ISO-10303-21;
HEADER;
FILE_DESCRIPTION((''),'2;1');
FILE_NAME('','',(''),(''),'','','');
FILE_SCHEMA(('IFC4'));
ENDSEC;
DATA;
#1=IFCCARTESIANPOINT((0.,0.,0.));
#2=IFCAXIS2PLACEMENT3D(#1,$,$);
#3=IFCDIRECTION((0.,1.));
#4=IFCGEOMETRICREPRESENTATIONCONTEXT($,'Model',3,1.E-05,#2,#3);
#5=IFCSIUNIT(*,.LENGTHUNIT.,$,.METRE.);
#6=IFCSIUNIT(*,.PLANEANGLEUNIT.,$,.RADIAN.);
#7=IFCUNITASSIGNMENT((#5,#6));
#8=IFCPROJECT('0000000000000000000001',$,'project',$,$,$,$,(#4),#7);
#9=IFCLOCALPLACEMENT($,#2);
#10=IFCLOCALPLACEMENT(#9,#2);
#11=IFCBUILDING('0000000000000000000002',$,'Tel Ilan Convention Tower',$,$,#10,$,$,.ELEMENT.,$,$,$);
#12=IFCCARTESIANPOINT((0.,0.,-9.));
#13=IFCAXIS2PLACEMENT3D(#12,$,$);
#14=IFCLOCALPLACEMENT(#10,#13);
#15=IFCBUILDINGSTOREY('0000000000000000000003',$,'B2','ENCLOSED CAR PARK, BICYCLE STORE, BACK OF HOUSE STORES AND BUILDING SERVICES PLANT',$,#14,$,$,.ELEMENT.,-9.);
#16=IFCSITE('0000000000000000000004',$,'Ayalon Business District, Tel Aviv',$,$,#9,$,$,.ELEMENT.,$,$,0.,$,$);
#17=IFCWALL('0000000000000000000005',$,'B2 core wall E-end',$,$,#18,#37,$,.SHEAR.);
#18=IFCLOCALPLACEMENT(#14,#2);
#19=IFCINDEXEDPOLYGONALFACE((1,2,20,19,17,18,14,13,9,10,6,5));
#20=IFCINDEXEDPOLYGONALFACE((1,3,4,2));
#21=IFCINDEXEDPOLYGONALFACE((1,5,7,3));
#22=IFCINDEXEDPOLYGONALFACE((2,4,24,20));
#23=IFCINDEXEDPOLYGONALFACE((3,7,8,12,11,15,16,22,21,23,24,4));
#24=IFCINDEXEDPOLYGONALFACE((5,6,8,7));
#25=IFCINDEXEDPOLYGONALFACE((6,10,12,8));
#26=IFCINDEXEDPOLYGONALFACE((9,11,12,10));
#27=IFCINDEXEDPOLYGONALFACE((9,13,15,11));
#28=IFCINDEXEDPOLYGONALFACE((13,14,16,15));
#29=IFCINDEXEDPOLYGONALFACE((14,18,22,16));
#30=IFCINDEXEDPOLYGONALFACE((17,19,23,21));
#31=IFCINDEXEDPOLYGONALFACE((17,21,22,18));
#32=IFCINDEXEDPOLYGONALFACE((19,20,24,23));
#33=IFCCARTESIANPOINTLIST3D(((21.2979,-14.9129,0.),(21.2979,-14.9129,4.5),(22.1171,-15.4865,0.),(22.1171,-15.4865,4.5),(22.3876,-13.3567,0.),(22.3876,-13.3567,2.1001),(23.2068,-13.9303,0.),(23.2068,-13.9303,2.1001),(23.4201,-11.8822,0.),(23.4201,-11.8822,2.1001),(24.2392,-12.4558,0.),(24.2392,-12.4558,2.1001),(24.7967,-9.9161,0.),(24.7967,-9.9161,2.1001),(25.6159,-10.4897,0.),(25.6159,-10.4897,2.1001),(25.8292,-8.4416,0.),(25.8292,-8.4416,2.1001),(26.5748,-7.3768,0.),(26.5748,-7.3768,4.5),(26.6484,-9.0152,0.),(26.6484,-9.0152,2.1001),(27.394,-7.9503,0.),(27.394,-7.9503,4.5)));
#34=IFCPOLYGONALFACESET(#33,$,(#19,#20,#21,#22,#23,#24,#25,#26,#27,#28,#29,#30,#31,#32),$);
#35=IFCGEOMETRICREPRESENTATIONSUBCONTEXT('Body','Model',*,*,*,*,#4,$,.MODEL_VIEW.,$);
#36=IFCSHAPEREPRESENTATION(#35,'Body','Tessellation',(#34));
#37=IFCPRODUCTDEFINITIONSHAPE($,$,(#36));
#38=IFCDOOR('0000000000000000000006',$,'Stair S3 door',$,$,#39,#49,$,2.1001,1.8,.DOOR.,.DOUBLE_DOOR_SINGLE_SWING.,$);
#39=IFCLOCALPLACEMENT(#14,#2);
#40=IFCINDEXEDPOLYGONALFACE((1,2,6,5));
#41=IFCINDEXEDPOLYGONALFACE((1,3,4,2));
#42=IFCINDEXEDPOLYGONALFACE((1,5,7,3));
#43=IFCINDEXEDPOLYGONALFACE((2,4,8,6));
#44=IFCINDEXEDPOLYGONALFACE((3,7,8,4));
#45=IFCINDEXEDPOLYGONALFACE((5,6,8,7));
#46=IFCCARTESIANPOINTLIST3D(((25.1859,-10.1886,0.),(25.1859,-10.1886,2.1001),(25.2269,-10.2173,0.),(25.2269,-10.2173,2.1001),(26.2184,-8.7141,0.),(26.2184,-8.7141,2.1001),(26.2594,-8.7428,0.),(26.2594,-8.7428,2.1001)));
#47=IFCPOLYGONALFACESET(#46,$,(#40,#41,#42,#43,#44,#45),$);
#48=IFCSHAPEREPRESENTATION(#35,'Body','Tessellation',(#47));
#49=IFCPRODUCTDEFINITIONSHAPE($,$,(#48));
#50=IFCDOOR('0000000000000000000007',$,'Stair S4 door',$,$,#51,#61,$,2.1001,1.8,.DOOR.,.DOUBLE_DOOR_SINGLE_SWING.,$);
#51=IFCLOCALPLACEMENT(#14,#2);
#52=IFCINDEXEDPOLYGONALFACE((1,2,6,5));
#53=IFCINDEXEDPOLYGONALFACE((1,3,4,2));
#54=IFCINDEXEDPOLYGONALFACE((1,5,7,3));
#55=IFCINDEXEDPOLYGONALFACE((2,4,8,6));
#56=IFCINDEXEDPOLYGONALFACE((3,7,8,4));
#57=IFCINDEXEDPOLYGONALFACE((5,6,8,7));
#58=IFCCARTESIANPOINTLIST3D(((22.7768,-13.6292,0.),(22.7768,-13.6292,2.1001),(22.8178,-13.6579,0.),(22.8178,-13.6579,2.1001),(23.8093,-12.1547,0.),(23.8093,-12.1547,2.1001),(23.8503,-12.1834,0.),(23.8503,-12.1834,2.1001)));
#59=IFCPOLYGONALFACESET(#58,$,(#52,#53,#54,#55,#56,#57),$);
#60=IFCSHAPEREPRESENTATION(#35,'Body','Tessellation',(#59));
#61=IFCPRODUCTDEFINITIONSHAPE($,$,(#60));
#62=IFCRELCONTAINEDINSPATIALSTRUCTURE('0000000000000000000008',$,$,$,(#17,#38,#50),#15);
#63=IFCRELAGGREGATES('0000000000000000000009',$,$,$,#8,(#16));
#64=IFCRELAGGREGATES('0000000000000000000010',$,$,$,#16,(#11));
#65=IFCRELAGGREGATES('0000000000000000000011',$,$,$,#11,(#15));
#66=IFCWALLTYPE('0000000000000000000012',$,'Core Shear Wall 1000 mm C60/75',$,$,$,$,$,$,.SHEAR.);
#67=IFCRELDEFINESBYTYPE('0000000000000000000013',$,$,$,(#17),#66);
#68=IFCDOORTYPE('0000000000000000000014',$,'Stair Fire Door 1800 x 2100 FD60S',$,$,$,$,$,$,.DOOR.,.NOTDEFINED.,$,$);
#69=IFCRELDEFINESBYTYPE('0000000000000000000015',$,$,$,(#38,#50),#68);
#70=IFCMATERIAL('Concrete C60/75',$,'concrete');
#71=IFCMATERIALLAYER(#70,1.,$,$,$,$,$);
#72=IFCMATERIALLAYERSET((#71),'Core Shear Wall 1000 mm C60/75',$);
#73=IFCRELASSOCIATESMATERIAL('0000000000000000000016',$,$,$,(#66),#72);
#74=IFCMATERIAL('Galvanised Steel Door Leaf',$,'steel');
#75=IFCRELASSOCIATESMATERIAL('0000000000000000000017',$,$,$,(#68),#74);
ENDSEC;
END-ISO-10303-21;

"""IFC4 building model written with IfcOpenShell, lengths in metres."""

from ifc_helpers import new_model, si_unit, direction, frame, frame_2d, origin, place, context, subcontext, project, spatial, polyline, rectangle, outline, extrude, material, layer, layer_set, type_object, element, fill, save


model = new_model("IFC4")

# Units and contexts
model_context = context("Model", 3, precision=1e-05, world=origin(), true_north=direction((0.0, 1.0)))
body_context = subcontext(model_context, "Body", "Model", "MODEL_VIEW")
ifc_project = project(units=[si_unit("LENGTHUNIT", "METRE"), si_unit("PLANEANGLEUNIT", "RADIAN")], contexts=[model_context])

# Site, building, storey
site_placement = place(None, origin())
site = spatial("IfcSite", under=ifc_project, at=site_placement, Name="Ayalon Business District, Tel Aviv", CompositionType="ELEMENT", RefElevation=0.0)
building_placement = place(site_placement, origin())
building = spatial("IfcBuilding", under=site, at=building_placement, Name="Tel Ilan Convention Tower", CompositionType="ELEMENT")
storey_placement = place(building_placement, frame((0.0, 0.0, -9.0)))
storey = spatial("IfcBuildingStorey", under=building, at=storey_placement, Name="B2", Description="ENCLOSED CAR PARK, BICYCLE STORE, BACK OF HOUSE STORES AND BUILDING SERVICES PLANT", CompositionType="ELEMENT", Elevation=-9.0)

# Wall, openings, doors
ifc_material_1 = material(Name="Concrete C60/75", Category="concrete")
ifc_layer = layer(ifc_material_1, 1.0)
ifc_layer_set = layer_set([ifc_layer], Name="Core Shear Wall 1000 mm C60/75")
wall_type = type_object("IfcWallType", Name="Core Shear Wall 1000 mm C60/75", PredefinedType="SHEAR", material=ifc_layer_set)
wall_placement = place(storey_placement, frame((21.7075, -15.1997, 0.0), z_axis=(0.0, 0.0, 1.0), x_axis=(0.573576, 0.819152, 0.0)))
wall = element("IfcWall", 1, at=wall_placement, inside=storey, type_object=wall_type, Name="B2 core wall E-end", PredefinedType="SHEAR", context=body_context, shape_type="SweptSolid", body=[
    extrude(outline(polyline([(9.2, 0.5), (0.0, 0.5), (0.0, -0.5), (9.2, -0.5), (9.2, 0.5)])), origin(), (0.0, 0.0, 1.0), 4.5),
])
opening_1_placement = place(wall_placement, frame((6.1001, 0.0, 0.0)))
opening_1 = element("IfcOpeningElement", 2, at=opening_1_placement, cuts=wall, PredefinedType="OPENING", context=body_context, shape_type="SweptSolid", body=[
    extrude(rectangle(XDim=1.8, YDim=2.1001, at=frame_2d((0.8999, 1.05))), frame((0.0, 0.51, 0.0), z_axis=(0.0, -1.0, 0.0), x_axis=(1.0, 0.0, 0.0)), (0.0, 0.0, 1.0), 1.02),
])
opening_2_placement = place(wall_placement, frame((1.8999, 0.0, 0.0)))
opening_2 = element("IfcOpeningElement", 3, at=opening_2_placement, cuts=wall, PredefinedType="OPENING", context=body_context, shape_type="SweptSolid", body=[
    extrude(rectangle(XDim=1.8, YDim=2.1001, at=frame_2d((0.8999, 1.05))), frame((0.0, 0.51, 0.0), z_axis=(0.0, -1.0, 0.0), x_axis=(1.0, 0.0, 0.0)), (0.0, 0.0, 1.0), 1.02),
])
ifc_material_2 = material(Name="Galvanised Steel Door Leaf", Category="steel")
door_type = type_object("IfcDoorType", Name="Stair Fire Door 1800 x 2100 FD60S", OperationType="NOTDEFINED", PredefinedType="DOOR", material=ifc_material_2)
door_1_placement = place(opening_1_placement, origin())
door_1 = element("IfcDoor", 4, at=door_1_placement, inside=storey, type_object=door_type, Name="Stair S3 door", OperationType="DOUBLE_DOOR_SINGLE_SWING", OverallHeight=2.1001, OverallWidth=1.8, PredefinedType="DOOR", context=body_context, shape_type="SweptSolid", body=[
    extrude(rectangle(XDim=1.8, YDim=2.1001, at=frame_2d((0.8999, 1.05))), frame((0.0, 0.0249, 0.0), z_axis=(0.0, -1.0, 0.0), x_axis=(1.0, 0.0, 0.0)), (0.0, 0.0, 1.0), 0.05),
])
fill(opening_1, door_1)
door_2_placement = place(opening_2_placement, origin())
door_2 = element("IfcDoor", 5, at=door_2_placement, inside=storey, type_object=door_type, Name="Stair S4 door", OperationType="DOUBLE_DOOR_SINGLE_SWING", OverallHeight=2.1001, OverallWidth=1.8, PredefinedType="DOOR", context=body_context, shape_type="SweptSolid", body=[
    extrude(rectangle(XDim=1.8, YDim=2.1001, at=frame_2d((0.8999, 1.05))), frame((0.0, 0.0249, 0.0), z_axis=(0.0, -1.0, 0.0), x_axis=(1.0, 0.0, 0.0)), (0.0, 0.0, 1.0), 0.05),
])
fill(opening_2, door_2)

save(model, "model.ifc")
